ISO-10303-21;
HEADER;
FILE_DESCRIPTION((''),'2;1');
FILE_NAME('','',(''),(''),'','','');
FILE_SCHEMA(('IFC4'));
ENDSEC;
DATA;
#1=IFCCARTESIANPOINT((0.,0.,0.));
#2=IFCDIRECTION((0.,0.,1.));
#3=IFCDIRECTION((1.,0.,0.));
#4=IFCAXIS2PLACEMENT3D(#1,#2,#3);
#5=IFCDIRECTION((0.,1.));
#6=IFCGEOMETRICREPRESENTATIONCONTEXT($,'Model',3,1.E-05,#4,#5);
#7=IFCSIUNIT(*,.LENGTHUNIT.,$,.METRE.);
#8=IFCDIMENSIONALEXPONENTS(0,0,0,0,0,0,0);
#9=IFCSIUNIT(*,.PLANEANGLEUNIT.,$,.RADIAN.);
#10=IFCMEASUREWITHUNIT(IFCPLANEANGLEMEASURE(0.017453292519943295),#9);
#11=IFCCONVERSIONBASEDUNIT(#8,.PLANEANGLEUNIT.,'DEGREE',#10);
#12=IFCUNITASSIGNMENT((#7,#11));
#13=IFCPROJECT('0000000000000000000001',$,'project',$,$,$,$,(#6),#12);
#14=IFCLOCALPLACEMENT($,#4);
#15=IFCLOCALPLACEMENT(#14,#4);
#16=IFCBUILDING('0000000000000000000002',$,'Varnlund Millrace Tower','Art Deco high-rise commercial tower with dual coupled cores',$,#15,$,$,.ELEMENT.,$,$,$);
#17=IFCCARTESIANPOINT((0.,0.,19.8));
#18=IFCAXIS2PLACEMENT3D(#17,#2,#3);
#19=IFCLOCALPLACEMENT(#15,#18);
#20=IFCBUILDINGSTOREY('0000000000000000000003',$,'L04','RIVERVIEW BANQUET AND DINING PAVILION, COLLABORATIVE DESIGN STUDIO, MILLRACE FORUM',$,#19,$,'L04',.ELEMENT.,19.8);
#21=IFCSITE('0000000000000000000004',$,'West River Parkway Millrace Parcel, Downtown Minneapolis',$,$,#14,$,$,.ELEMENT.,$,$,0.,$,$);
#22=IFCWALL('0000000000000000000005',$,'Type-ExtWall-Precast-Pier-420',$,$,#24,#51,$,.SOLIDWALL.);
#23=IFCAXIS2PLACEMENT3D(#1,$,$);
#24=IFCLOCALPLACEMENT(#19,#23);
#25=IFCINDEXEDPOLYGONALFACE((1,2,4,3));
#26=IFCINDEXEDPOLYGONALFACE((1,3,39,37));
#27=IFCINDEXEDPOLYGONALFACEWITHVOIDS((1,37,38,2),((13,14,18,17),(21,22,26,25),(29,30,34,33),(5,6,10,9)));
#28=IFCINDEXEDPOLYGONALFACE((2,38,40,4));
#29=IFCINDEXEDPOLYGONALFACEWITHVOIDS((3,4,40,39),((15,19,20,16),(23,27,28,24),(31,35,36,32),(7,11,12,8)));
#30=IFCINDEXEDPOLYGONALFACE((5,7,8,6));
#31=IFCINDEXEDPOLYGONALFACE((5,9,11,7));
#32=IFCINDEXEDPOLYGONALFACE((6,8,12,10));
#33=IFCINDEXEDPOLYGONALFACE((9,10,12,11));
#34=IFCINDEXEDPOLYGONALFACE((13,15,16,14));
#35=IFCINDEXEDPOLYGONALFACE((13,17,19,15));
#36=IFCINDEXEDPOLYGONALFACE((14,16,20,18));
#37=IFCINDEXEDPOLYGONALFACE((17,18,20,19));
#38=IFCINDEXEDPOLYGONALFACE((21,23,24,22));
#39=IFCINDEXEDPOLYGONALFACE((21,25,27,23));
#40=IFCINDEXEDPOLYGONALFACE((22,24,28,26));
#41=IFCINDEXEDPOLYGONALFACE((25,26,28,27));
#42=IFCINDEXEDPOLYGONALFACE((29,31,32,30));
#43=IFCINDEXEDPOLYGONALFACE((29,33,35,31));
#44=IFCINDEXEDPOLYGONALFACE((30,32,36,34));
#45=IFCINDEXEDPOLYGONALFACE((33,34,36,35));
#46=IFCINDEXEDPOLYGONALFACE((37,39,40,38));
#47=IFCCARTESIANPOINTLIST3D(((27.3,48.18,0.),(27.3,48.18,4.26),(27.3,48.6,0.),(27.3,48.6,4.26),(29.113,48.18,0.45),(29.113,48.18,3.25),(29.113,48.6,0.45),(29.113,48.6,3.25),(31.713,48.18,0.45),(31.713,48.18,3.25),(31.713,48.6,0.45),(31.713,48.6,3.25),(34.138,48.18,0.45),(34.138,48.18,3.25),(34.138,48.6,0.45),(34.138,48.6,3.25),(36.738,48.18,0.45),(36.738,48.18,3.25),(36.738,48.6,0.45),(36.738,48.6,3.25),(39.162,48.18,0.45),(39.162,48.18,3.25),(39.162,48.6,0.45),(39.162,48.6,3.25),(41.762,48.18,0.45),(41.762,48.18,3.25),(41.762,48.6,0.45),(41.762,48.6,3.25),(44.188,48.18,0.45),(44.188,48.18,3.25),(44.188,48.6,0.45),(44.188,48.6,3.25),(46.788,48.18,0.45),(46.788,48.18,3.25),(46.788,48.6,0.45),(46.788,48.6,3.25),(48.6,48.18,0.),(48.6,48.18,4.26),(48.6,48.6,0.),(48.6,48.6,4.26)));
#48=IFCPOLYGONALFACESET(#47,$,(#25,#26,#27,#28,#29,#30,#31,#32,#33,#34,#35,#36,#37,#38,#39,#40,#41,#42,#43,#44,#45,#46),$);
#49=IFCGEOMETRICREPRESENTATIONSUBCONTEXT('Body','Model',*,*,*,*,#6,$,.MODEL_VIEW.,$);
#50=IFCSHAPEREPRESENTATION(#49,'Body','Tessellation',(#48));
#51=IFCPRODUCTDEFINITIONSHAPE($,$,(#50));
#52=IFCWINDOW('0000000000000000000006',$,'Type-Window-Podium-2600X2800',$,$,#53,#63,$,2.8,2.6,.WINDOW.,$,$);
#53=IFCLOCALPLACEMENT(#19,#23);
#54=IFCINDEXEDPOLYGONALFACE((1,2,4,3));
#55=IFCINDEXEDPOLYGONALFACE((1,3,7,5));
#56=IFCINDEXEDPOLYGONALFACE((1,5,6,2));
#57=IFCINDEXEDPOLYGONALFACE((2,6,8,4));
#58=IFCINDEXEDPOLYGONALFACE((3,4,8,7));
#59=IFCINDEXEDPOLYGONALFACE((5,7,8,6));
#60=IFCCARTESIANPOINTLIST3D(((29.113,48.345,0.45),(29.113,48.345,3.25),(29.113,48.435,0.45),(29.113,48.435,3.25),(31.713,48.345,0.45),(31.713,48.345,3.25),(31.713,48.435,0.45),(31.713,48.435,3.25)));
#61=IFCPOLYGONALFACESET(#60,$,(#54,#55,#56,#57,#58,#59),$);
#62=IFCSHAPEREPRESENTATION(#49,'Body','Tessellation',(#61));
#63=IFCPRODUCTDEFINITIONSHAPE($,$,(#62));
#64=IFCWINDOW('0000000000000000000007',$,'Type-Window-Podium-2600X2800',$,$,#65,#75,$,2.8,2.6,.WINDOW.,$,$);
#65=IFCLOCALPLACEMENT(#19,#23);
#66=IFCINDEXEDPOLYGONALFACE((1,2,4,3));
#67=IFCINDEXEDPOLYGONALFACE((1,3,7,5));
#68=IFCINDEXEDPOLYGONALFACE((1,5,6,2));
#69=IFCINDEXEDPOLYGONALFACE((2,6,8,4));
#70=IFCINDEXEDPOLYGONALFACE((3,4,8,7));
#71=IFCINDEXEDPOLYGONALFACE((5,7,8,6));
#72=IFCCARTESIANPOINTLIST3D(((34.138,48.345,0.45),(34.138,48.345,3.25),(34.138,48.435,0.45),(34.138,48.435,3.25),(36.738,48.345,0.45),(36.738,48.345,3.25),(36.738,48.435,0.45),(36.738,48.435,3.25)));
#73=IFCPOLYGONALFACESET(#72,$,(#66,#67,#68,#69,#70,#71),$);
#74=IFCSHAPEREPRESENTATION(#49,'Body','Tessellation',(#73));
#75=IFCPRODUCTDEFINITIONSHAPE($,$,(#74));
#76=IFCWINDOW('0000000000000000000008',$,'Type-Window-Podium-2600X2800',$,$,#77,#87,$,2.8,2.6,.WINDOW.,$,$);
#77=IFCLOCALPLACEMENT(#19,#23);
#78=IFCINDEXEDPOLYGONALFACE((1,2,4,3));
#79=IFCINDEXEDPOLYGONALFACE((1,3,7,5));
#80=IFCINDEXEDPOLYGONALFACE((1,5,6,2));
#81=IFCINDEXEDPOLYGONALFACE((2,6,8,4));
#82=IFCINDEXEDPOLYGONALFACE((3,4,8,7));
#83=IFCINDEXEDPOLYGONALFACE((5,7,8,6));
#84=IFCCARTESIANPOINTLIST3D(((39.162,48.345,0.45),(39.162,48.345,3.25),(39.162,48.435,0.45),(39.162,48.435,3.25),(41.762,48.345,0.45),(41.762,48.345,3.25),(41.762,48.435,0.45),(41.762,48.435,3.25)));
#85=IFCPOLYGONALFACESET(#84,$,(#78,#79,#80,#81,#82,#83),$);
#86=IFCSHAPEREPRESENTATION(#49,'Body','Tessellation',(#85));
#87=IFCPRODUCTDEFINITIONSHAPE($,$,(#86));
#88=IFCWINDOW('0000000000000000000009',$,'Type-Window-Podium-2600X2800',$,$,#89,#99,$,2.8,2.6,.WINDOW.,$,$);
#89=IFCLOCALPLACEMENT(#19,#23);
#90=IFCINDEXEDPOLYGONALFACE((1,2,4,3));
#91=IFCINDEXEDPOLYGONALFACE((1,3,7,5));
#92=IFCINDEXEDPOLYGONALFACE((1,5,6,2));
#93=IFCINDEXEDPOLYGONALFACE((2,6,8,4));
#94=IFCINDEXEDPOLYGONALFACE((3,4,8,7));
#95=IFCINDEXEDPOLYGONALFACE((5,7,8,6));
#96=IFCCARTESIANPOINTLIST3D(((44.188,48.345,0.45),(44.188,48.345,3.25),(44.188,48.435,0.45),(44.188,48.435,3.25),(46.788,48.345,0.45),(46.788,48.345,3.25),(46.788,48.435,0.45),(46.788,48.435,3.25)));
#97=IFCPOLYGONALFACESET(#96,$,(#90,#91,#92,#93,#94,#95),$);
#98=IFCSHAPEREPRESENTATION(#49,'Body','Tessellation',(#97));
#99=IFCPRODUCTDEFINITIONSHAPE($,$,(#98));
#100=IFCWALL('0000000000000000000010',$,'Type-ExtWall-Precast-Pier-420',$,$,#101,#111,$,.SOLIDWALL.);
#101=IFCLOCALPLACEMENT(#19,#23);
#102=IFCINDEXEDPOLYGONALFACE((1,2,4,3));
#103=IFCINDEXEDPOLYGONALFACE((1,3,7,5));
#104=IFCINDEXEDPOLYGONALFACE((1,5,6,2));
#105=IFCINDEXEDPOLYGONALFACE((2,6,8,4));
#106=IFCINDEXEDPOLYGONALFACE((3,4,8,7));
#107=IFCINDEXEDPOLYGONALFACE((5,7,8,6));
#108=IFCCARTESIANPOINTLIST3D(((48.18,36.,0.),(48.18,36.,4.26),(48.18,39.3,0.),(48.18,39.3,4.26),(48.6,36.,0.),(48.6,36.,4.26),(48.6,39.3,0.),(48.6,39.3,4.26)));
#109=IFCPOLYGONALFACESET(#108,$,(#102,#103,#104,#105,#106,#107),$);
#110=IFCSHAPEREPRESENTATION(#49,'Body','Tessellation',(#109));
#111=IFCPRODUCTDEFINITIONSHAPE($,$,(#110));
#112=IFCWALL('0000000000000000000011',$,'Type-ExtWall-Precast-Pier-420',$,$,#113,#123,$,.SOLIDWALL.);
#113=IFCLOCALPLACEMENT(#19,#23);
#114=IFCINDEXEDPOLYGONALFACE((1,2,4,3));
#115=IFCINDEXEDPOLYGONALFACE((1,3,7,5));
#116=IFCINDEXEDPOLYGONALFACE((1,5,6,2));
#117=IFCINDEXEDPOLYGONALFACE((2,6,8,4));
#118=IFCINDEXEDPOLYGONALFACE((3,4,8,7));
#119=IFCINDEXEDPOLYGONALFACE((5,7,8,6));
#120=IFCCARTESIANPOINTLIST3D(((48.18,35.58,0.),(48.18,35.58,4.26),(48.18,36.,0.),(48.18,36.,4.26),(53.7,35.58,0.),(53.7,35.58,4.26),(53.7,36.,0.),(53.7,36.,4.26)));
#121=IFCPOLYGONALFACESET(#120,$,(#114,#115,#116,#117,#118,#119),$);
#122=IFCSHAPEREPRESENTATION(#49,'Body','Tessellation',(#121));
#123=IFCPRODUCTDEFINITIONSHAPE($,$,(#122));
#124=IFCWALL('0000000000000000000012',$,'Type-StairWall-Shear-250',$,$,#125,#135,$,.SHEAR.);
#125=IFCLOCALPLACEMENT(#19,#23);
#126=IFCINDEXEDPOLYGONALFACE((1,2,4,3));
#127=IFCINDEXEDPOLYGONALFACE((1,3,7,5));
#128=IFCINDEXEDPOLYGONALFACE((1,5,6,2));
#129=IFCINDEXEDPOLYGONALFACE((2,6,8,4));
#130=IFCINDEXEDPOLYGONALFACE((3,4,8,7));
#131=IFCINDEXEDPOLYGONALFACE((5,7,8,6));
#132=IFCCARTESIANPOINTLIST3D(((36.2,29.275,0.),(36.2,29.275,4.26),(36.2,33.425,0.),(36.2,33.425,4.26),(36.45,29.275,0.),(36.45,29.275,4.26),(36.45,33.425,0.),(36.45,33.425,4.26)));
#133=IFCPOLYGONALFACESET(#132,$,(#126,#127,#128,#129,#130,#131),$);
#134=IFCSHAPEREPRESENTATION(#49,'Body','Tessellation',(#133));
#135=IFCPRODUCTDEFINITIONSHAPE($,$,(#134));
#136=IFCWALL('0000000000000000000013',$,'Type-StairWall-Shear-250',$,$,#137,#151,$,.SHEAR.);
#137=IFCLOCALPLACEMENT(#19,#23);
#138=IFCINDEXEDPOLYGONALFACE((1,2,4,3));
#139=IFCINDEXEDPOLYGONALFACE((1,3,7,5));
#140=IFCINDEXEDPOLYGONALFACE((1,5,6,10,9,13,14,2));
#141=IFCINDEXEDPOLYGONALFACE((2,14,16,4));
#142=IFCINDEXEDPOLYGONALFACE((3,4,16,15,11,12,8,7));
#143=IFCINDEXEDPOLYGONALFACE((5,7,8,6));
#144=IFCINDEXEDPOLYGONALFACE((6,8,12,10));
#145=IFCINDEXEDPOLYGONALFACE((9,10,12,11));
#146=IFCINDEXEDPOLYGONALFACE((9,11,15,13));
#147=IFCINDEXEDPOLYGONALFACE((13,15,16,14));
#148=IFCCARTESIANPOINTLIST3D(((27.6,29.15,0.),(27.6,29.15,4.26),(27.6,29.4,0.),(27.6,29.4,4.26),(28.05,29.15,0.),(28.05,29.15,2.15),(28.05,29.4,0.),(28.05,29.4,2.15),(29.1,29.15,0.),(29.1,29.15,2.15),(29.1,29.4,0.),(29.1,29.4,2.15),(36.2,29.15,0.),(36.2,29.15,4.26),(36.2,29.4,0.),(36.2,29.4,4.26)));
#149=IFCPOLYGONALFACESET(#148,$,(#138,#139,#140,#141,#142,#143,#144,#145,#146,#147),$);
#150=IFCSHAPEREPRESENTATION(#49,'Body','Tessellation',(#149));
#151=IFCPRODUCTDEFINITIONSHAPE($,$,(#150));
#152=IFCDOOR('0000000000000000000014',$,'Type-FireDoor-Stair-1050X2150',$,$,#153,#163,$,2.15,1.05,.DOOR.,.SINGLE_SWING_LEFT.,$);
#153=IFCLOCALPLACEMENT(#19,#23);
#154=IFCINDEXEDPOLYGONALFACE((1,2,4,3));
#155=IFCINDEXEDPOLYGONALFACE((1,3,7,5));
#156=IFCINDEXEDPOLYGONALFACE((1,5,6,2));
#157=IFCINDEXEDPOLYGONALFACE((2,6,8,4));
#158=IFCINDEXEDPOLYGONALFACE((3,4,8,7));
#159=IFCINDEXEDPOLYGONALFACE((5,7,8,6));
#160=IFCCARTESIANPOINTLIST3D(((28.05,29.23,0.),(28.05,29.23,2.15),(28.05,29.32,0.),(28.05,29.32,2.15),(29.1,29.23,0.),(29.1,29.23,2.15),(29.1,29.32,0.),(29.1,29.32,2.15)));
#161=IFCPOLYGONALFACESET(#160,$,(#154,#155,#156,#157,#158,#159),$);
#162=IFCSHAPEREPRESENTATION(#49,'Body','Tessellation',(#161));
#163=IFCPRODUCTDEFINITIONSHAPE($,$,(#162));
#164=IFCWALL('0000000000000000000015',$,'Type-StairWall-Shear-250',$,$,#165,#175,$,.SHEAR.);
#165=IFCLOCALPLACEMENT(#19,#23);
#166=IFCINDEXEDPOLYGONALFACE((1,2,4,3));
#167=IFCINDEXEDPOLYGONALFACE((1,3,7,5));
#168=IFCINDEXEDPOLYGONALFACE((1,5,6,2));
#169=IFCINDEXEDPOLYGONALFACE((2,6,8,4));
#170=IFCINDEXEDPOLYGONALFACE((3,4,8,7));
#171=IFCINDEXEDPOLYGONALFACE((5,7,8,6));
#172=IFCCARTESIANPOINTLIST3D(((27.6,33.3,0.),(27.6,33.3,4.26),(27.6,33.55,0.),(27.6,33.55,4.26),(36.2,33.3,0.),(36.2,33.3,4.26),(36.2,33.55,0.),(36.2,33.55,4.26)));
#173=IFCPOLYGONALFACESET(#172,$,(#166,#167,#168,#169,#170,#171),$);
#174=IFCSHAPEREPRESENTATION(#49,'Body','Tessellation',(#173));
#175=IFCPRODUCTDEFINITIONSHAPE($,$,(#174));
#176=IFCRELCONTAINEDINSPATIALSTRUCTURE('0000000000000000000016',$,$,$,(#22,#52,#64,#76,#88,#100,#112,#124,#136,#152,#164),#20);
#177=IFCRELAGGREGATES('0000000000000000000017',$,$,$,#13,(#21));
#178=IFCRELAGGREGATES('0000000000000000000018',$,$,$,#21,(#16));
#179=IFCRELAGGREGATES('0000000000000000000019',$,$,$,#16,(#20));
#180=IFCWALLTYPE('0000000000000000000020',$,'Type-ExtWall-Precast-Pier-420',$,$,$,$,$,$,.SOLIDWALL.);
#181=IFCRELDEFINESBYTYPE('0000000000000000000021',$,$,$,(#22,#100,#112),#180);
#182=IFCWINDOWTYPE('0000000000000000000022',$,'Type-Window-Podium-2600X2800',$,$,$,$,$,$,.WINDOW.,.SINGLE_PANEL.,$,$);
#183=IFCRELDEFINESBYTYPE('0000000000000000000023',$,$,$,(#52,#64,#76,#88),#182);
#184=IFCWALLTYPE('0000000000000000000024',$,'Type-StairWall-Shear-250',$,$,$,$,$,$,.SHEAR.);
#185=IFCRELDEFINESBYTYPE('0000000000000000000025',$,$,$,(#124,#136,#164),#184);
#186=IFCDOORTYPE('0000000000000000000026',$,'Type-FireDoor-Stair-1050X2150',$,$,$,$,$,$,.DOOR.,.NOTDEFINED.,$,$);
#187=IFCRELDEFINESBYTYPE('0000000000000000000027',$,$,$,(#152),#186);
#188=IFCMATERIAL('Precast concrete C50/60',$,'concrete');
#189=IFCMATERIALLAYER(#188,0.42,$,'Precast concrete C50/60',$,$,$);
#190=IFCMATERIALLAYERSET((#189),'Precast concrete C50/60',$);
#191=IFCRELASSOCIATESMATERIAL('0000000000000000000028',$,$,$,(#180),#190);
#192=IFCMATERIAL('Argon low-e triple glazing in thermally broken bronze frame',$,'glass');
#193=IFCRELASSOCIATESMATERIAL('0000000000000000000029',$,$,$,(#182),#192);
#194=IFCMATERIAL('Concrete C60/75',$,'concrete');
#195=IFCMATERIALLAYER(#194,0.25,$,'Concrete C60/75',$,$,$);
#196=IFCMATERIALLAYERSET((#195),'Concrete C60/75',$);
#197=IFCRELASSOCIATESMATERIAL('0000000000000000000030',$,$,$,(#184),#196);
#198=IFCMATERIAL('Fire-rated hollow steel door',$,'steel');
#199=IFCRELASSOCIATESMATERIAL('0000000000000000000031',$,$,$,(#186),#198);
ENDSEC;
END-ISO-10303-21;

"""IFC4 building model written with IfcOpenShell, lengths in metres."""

from ifc_helpers import new_model, entity, si_unit, converted_unit, direction, frame, origin_with_axes, origin_2d_with_axis, place, context, subcontext, project, spatial, polyline, rectangle, outline, extrude, material, layer, layer_set, type_object, element, fill, save


model = new_model("IFC4")

# Units and contexts
model_context = context("Model", 3, precision=1e-05, world=origin_with_axes(), true_north=direction((0.0, 1.0)))
body_context = subcontext(model_context, "Body", "Model", "MODEL_VIEW")
ifc_project = project(units=[si_unit("LENGTHUNIT", "METRE"), converted_unit("PLANEANGLEUNIT", "DEGREE", entity("IfcPlaneAngleMeasure", 0.017453292519943295), si_unit("PLANEANGLEUNIT", "RADIAN"), dimensions=[0, 0, 0, 0, 0, 0, 0])], contexts=[model_context])

# Site, building, storey
site_placement = place(None, origin_with_axes())
site = spatial("IfcSite", under=ifc_project, at=site_placement, Name="West River Parkway Millrace Parcel, Downtown Minneapolis", CompositionType="ELEMENT", RefElevation=0.0)
building_placement = place(site_placement, origin_with_axes())
building = spatial("IfcBuilding", under=site, at=building_placement, Name="Varnlund Millrace Tower", Description="Art Deco high-rise commercial tower with dual coupled cores", CompositionType="ELEMENT")
storey_placement = place(building_placement, frame((0.0, 0.0, 19.8), z_axis=(0.0, 0.0, 1.0), x_axis=(1.0, 0.0, 0.0)))
storey = spatial("IfcBuildingStorey", under=building, at=storey_placement, Name="L04", Description="RIVERVIEW BANQUET AND DINING PAVILION, COLLABORATIVE DESIGN STUDIO, MILLRACE FORUM", LongName="L04", CompositionType="ELEMENT", Elevation=19.8)

# Wall, openings, windows
ifc_material_1 = material(Name="Precast concrete C50/60", Category="concrete")
ifc_layer_1 = layer(ifc_material_1, 0.42, Name="Precast concrete C50/60")
ifc_layer_set_1 = layer_set([ifc_layer_1], Name="Precast concrete C50/60")
wall_type_1 = type_object("IfcWallType", Name="Type-ExtWall-Precast-Pier-420", PredefinedType="SOLIDWALL", material=ifc_layer_set_1)
wall_1_placement = place(storey_placement, frame((27.3, 48.39, 0.0), z_axis=(0.0, 0.0, 1.0), x_axis=(1.0, 0.0, 0.0)))
wall_1 = element("IfcWall", 1, at=wall_1_placement, inside=storey, type_object=wall_type_1, Name="Type-ExtWall-Precast-Pier-420", PredefinedType="SOLIDWALL", context=body_context, shape_type="SweptSolid", body=[
    extrude(outline(polyline([(0.0, -0.21), (21.3, -0.21), (21.3, 0.21), (0.0, 0.21), (0.0, -0.21)])), origin_with_axes(), (0.0, 0.0, 1.0), 4.26),
])
opening_1_placement = place(wall_1_placement, frame((3.113, 0.0, 0.45), z_axis=(0.0, 0.0, 1.0), x_axis=(1.0, 0.0, 0.0)))
opening_1 = element("IfcOpeningElement", 2, at=opening_1_placement, cuts=wall_1, PredefinedType="OPENING", context=body_context, shape_type="SweptSolid", body=[
    extrude(rectangle(XDim=2.6, YDim=0.44, at=origin_2d_with_axis()), origin_with_axes(), (0.0, 0.0, 1.0), 2.8),
])
opening_2_placement = place(wall_1_placement, frame((8.138, 0.0, 0.45), z_axis=(0.0, 0.0, 1.0), x_axis=(1.0, 0.0, 0.0)))
opening_2 = element("IfcOpeningElement", 3, at=opening_2_placement, cuts=wall_1, PredefinedType="OPENING", context=body_context, shape_type="SweptSolid", body=[
    extrude(rectangle(XDim=2.6, YDim=0.44, at=origin_2d_with_axis()), origin_with_axes(), (0.0, 0.0, 1.0), 2.8),
])
opening_3_placement = place(wall_1_placement, frame((13.162, 0.0, 0.45), z_axis=(0.0, 0.0, 1.0), x_axis=(1.0, 0.0, 0.0)))
opening_3 = element("IfcOpeningElement", 4, at=opening_3_placement, cuts=wall_1, PredefinedType="OPENING", context=body_context, shape_type="SweptSolid", body=[
    extrude(rectangle(XDim=2.6, YDim=0.44, at=origin_2d_with_axis()), origin_with_axes(), (0.0, 0.0, 1.0), 2.8),
])
opening_4_placement = place(wall_1_placement, frame((18.188, 0.0, 0.45), z_axis=(0.0, 0.0, 1.0), x_axis=(1.0, 0.0, 0.0)))
opening_4 = element("IfcOpeningElement", 5, at=opening_4_placement, cuts=wall_1, PredefinedType="OPENING", context=body_context, shape_type="SweptSolid", body=[
    extrude(rectangle(XDim=2.6, YDim=0.44, at=origin_2d_with_axis()), origin_with_axes(), (0.0, 0.0, 1.0), 2.8),
])
ifc_material_2 = material(Name="Argon low-e triple glazing in thermally broken bronze frame", Category="glass")
window_type = type_object("IfcWindowType", Name="Type-Window-Podium-2600X2800", PartitioningType="SINGLE_PANEL", PredefinedType="WINDOW", material=ifc_material_2)
window_1_placement = place(wall_1_placement, frame((3.113, 0.0, 0.45), z_axis=(0.0, 0.0, 1.0), x_axis=(1.0, 0.0, 0.0)))
window_1 = element("IfcWindow", 6, at=window_1_placement, inside=storey, type_object=window_type, Name="Type-Window-Podium-2600X2800", OverallHeight=2.8, OverallWidth=2.6, PredefinedType="WINDOW", context=body_context, shape_type="SweptSolid", body=[
    extrude(rectangle(XDim=2.6, YDim=0.09, at=origin_2d_with_axis()), origin_with_axes(), (0.0, 0.0, 1.0), 2.8),
])
fill(opening_1, window_1)
window_2_placement = place(wall_1_placement, frame((8.138, 0.0, 0.45), z_axis=(0.0, 0.0, 1.0), x_axis=(1.0, 0.0, 0.0)))
window_2 = element("IfcWindow", 7, at=window_2_placement, inside=storey, type_object=window_type, Name="Type-Window-Podium-2600X2800", OverallHeight=2.8, OverallWidth=2.6, PredefinedType="WINDOW", context=body_context, shape_type="SweptSolid", body=[
    extrude(rectangle(XDim=2.6, YDim=0.09, at=origin_2d_with_axis()), origin_with_axes(), (0.0, 0.0, 1.0), 2.8),
])
fill(opening_2, window_2)
window_3_placement = place(wall_1_placement, frame((13.162, 0.0, 0.45), z_axis=(0.0, 0.0, 1.0), x_axis=(1.0, 0.0, 0.0)))
window_3 = element("IfcWindow", 8, at=window_3_placement, inside=storey, type_object=window_type, Name="Type-Window-Podium-2600X2800", OverallHeight=2.8, OverallWidth=2.6, PredefinedType="WINDOW", context=body_context, shape_type="SweptSolid", body=[
    extrude(rectangle(XDim=2.6, YDim=0.09, at=origin_2d_with_axis()), origin_with_axes(), (0.0, 0.0, 1.0), 2.8),
])
fill(opening_3, window_3)
window_4_placement = place(wall_1_placement, frame((18.188, 0.0, 0.45), z_axis=(0.0, 0.0, 1.0), x_axis=(1.0, 0.0, 0.0)))
window_4 = element("IfcWindow", 9, at=window_4_placement, inside=storey, type_object=window_type, Name="Type-Window-Podium-2600X2800", OverallHeight=2.8, OverallWidth=2.6, PredefinedType="WINDOW", context=body_context, shape_type="SweptSolid", body=[
    extrude(rectangle(XDim=2.6, YDim=0.09, at=origin_2d_with_axis()), origin_with_axes(), (0.0, 0.0, 1.0), 2.8),
])
fill(opening_4, window_4)

# Walls
wall_2_placement = place(storey_placement, frame((48.39, 39.3, 0.0), z_axis=(0.0, 0.0, 1.0), x_axis=(0.0, -1.0, 0.0)))
element("IfcWall", 10, at=wall_2_placement, inside=storey, type_object=wall_type_1, Name="Type-ExtWall-Precast-Pier-420", PredefinedType="SOLIDWALL", context=body_context, shape_type="SweptSolid", body=[
    extrude(outline(polyline([(0.0, -0.21), (3.3, -0.21), (3.3, 0.21), (0.0, 0.21), (0.0, -0.21)])), origin_with_axes(), (0.0, 0.0, 1.0), 4.26),
])
wall_3_placement = place(storey_placement, frame((48.18, 35.79, 0.0), z_axis=(0.0, 0.0, 1.0), x_axis=(1.0, 0.0, 0.0)))
element("IfcWall", 11, at=wall_3_placement, inside=storey, type_object=wall_type_1, Name="Type-ExtWall-Precast-Pier-420", PredefinedType="SOLIDWALL", context=body_context, shape_type="SweptSolid", body=[
    extrude(outline(polyline([(0.0, -0.21), (5.52, -0.21), (5.52, 0.21), (0.0, 0.21), (0.0, -0.21)])), origin_with_axes(), (0.0, 0.0, 1.0), 4.26),
])
ifc_material_3 = material(Name="Concrete C60/75", Category="concrete")
ifc_layer_2 = layer(ifc_material_3, 0.25, Name="Concrete C60/75")
ifc_layer_set_2 = layer_set([ifc_layer_2], Name="Concrete C60/75")
wall_type_2 = type_object("IfcWallType", Name="Type-StairWall-Shear-250", PredefinedType="SHEAR", material=ifc_layer_set_2)
wall_4_placement = place(storey_placement, frame((36.325, 29.275, 0.0), z_axis=(0.0, 0.0, 1.0), x_axis=(0.0, 1.0, 0.0)))
element("IfcWall", 12, at=wall_4_placement, inside=storey, type_object=wall_type_2, Name="Type-StairWall-Shear-250", PredefinedType="SHEAR", context=body_context, shape_type="SweptSolid", body=[
    extrude(outline(polyline([(0.0, -0.125), (4.15, -0.125), (4.15, 0.125), (0.0, 0.125), (0.0, -0.125)])), origin_with_axes(), (0.0, 0.0, 1.0), 4.26),
])

# Wall, opening, door
wall_5_placement = place(storey_placement, frame((27.6, 29.275, 0.0), z_axis=(0.0, 0.0, 1.0), x_axis=(1.0, 0.0, 0.0)))
wall_5 = element("IfcWall", 13, at=wall_5_placement, inside=storey, type_object=wall_type_2, Name="Type-StairWall-Shear-250", PredefinedType="SHEAR", context=body_context, shape_type="SweptSolid", body=[
    extrude(outline(polyline([(0.0, -0.125), (8.6, -0.125), (8.6, 0.125), (0.0, 0.125), (0.0, -0.125)])), origin_with_axes(), (0.0, 0.0, 1.0), 4.26),
])
opening_5_placement = place(wall_5_placement, frame((0.975, 0.0, 0.0), z_axis=(0.0, 0.0, 1.0), x_axis=(1.0, 0.0, 0.0)))
opening_5 = element("IfcOpeningElement", 14, at=opening_5_placement, cuts=wall_5, PredefinedType="OPENING", context=body_context, shape_type="SweptSolid", body=[
    extrude(rectangle(XDim=1.05, YDim=0.27, at=origin_2d_with_axis()), origin_with_axes(), (0.0, 0.0, 1.0), 2.15),
])
ifc_material_4 = material(Name="Fire-rated hollow steel door", Category="steel")
door_type = type_object("IfcDoorType", Name="Type-FireDoor-Stair-1050X2150", OperationType="NOTDEFINED", PredefinedType="DOOR", material=ifc_material_4)
door_placement = place(wall_5_placement, frame((0.975, 0.0, 0.0), z_axis=(0.0, 0.0, 1.0), x_axis=(1.0, 0.0, 0.0)))
door = element("IfcDoor", 15, at=door_placement, inside=storey, type_object=door_type, Name="Type-FireDoor-Stair-1050X2150", OperationType="SINGLE_SWING_LEFT", OverallHeight=2.15, OverallWidth=1.05, PredefinedType="DOOR", context=body_context, shape_type="SweptSolid", body=[
    extrude(rectangle(XDim=1.05, YDim=0.09, at=origin_2d_with_axis()), origin_with_axes(), (0.0, 0.0, 1.0), 2.15),
])
fill(opening_5, door)

# Wall
wall_6_placement = place(storey_placement, frame((27.6, 33.425, 0.0), z_axis=(0.0, 0.0, 1.0), x_axis=(1.0, 0.0, 0.0)))
element("IfcWall", 16, at=wall_6_placement, inside=storey, type_object=wall_type_2, Name="Type-StairWall-Shear-250", PredefinedType="SHEAR", context=body_context, shape_type="SweptSolid", body=[
    extrude(outline(polyline([(0.0, -0.125), (8.6, -0.125), (8.6, 0.125), (0.0, 0.125), (0.0, -0.125)])), origin_with_axes(), (0.0, 0.0, 1.0), 4.26),
])

save(model, "model.ifc")
